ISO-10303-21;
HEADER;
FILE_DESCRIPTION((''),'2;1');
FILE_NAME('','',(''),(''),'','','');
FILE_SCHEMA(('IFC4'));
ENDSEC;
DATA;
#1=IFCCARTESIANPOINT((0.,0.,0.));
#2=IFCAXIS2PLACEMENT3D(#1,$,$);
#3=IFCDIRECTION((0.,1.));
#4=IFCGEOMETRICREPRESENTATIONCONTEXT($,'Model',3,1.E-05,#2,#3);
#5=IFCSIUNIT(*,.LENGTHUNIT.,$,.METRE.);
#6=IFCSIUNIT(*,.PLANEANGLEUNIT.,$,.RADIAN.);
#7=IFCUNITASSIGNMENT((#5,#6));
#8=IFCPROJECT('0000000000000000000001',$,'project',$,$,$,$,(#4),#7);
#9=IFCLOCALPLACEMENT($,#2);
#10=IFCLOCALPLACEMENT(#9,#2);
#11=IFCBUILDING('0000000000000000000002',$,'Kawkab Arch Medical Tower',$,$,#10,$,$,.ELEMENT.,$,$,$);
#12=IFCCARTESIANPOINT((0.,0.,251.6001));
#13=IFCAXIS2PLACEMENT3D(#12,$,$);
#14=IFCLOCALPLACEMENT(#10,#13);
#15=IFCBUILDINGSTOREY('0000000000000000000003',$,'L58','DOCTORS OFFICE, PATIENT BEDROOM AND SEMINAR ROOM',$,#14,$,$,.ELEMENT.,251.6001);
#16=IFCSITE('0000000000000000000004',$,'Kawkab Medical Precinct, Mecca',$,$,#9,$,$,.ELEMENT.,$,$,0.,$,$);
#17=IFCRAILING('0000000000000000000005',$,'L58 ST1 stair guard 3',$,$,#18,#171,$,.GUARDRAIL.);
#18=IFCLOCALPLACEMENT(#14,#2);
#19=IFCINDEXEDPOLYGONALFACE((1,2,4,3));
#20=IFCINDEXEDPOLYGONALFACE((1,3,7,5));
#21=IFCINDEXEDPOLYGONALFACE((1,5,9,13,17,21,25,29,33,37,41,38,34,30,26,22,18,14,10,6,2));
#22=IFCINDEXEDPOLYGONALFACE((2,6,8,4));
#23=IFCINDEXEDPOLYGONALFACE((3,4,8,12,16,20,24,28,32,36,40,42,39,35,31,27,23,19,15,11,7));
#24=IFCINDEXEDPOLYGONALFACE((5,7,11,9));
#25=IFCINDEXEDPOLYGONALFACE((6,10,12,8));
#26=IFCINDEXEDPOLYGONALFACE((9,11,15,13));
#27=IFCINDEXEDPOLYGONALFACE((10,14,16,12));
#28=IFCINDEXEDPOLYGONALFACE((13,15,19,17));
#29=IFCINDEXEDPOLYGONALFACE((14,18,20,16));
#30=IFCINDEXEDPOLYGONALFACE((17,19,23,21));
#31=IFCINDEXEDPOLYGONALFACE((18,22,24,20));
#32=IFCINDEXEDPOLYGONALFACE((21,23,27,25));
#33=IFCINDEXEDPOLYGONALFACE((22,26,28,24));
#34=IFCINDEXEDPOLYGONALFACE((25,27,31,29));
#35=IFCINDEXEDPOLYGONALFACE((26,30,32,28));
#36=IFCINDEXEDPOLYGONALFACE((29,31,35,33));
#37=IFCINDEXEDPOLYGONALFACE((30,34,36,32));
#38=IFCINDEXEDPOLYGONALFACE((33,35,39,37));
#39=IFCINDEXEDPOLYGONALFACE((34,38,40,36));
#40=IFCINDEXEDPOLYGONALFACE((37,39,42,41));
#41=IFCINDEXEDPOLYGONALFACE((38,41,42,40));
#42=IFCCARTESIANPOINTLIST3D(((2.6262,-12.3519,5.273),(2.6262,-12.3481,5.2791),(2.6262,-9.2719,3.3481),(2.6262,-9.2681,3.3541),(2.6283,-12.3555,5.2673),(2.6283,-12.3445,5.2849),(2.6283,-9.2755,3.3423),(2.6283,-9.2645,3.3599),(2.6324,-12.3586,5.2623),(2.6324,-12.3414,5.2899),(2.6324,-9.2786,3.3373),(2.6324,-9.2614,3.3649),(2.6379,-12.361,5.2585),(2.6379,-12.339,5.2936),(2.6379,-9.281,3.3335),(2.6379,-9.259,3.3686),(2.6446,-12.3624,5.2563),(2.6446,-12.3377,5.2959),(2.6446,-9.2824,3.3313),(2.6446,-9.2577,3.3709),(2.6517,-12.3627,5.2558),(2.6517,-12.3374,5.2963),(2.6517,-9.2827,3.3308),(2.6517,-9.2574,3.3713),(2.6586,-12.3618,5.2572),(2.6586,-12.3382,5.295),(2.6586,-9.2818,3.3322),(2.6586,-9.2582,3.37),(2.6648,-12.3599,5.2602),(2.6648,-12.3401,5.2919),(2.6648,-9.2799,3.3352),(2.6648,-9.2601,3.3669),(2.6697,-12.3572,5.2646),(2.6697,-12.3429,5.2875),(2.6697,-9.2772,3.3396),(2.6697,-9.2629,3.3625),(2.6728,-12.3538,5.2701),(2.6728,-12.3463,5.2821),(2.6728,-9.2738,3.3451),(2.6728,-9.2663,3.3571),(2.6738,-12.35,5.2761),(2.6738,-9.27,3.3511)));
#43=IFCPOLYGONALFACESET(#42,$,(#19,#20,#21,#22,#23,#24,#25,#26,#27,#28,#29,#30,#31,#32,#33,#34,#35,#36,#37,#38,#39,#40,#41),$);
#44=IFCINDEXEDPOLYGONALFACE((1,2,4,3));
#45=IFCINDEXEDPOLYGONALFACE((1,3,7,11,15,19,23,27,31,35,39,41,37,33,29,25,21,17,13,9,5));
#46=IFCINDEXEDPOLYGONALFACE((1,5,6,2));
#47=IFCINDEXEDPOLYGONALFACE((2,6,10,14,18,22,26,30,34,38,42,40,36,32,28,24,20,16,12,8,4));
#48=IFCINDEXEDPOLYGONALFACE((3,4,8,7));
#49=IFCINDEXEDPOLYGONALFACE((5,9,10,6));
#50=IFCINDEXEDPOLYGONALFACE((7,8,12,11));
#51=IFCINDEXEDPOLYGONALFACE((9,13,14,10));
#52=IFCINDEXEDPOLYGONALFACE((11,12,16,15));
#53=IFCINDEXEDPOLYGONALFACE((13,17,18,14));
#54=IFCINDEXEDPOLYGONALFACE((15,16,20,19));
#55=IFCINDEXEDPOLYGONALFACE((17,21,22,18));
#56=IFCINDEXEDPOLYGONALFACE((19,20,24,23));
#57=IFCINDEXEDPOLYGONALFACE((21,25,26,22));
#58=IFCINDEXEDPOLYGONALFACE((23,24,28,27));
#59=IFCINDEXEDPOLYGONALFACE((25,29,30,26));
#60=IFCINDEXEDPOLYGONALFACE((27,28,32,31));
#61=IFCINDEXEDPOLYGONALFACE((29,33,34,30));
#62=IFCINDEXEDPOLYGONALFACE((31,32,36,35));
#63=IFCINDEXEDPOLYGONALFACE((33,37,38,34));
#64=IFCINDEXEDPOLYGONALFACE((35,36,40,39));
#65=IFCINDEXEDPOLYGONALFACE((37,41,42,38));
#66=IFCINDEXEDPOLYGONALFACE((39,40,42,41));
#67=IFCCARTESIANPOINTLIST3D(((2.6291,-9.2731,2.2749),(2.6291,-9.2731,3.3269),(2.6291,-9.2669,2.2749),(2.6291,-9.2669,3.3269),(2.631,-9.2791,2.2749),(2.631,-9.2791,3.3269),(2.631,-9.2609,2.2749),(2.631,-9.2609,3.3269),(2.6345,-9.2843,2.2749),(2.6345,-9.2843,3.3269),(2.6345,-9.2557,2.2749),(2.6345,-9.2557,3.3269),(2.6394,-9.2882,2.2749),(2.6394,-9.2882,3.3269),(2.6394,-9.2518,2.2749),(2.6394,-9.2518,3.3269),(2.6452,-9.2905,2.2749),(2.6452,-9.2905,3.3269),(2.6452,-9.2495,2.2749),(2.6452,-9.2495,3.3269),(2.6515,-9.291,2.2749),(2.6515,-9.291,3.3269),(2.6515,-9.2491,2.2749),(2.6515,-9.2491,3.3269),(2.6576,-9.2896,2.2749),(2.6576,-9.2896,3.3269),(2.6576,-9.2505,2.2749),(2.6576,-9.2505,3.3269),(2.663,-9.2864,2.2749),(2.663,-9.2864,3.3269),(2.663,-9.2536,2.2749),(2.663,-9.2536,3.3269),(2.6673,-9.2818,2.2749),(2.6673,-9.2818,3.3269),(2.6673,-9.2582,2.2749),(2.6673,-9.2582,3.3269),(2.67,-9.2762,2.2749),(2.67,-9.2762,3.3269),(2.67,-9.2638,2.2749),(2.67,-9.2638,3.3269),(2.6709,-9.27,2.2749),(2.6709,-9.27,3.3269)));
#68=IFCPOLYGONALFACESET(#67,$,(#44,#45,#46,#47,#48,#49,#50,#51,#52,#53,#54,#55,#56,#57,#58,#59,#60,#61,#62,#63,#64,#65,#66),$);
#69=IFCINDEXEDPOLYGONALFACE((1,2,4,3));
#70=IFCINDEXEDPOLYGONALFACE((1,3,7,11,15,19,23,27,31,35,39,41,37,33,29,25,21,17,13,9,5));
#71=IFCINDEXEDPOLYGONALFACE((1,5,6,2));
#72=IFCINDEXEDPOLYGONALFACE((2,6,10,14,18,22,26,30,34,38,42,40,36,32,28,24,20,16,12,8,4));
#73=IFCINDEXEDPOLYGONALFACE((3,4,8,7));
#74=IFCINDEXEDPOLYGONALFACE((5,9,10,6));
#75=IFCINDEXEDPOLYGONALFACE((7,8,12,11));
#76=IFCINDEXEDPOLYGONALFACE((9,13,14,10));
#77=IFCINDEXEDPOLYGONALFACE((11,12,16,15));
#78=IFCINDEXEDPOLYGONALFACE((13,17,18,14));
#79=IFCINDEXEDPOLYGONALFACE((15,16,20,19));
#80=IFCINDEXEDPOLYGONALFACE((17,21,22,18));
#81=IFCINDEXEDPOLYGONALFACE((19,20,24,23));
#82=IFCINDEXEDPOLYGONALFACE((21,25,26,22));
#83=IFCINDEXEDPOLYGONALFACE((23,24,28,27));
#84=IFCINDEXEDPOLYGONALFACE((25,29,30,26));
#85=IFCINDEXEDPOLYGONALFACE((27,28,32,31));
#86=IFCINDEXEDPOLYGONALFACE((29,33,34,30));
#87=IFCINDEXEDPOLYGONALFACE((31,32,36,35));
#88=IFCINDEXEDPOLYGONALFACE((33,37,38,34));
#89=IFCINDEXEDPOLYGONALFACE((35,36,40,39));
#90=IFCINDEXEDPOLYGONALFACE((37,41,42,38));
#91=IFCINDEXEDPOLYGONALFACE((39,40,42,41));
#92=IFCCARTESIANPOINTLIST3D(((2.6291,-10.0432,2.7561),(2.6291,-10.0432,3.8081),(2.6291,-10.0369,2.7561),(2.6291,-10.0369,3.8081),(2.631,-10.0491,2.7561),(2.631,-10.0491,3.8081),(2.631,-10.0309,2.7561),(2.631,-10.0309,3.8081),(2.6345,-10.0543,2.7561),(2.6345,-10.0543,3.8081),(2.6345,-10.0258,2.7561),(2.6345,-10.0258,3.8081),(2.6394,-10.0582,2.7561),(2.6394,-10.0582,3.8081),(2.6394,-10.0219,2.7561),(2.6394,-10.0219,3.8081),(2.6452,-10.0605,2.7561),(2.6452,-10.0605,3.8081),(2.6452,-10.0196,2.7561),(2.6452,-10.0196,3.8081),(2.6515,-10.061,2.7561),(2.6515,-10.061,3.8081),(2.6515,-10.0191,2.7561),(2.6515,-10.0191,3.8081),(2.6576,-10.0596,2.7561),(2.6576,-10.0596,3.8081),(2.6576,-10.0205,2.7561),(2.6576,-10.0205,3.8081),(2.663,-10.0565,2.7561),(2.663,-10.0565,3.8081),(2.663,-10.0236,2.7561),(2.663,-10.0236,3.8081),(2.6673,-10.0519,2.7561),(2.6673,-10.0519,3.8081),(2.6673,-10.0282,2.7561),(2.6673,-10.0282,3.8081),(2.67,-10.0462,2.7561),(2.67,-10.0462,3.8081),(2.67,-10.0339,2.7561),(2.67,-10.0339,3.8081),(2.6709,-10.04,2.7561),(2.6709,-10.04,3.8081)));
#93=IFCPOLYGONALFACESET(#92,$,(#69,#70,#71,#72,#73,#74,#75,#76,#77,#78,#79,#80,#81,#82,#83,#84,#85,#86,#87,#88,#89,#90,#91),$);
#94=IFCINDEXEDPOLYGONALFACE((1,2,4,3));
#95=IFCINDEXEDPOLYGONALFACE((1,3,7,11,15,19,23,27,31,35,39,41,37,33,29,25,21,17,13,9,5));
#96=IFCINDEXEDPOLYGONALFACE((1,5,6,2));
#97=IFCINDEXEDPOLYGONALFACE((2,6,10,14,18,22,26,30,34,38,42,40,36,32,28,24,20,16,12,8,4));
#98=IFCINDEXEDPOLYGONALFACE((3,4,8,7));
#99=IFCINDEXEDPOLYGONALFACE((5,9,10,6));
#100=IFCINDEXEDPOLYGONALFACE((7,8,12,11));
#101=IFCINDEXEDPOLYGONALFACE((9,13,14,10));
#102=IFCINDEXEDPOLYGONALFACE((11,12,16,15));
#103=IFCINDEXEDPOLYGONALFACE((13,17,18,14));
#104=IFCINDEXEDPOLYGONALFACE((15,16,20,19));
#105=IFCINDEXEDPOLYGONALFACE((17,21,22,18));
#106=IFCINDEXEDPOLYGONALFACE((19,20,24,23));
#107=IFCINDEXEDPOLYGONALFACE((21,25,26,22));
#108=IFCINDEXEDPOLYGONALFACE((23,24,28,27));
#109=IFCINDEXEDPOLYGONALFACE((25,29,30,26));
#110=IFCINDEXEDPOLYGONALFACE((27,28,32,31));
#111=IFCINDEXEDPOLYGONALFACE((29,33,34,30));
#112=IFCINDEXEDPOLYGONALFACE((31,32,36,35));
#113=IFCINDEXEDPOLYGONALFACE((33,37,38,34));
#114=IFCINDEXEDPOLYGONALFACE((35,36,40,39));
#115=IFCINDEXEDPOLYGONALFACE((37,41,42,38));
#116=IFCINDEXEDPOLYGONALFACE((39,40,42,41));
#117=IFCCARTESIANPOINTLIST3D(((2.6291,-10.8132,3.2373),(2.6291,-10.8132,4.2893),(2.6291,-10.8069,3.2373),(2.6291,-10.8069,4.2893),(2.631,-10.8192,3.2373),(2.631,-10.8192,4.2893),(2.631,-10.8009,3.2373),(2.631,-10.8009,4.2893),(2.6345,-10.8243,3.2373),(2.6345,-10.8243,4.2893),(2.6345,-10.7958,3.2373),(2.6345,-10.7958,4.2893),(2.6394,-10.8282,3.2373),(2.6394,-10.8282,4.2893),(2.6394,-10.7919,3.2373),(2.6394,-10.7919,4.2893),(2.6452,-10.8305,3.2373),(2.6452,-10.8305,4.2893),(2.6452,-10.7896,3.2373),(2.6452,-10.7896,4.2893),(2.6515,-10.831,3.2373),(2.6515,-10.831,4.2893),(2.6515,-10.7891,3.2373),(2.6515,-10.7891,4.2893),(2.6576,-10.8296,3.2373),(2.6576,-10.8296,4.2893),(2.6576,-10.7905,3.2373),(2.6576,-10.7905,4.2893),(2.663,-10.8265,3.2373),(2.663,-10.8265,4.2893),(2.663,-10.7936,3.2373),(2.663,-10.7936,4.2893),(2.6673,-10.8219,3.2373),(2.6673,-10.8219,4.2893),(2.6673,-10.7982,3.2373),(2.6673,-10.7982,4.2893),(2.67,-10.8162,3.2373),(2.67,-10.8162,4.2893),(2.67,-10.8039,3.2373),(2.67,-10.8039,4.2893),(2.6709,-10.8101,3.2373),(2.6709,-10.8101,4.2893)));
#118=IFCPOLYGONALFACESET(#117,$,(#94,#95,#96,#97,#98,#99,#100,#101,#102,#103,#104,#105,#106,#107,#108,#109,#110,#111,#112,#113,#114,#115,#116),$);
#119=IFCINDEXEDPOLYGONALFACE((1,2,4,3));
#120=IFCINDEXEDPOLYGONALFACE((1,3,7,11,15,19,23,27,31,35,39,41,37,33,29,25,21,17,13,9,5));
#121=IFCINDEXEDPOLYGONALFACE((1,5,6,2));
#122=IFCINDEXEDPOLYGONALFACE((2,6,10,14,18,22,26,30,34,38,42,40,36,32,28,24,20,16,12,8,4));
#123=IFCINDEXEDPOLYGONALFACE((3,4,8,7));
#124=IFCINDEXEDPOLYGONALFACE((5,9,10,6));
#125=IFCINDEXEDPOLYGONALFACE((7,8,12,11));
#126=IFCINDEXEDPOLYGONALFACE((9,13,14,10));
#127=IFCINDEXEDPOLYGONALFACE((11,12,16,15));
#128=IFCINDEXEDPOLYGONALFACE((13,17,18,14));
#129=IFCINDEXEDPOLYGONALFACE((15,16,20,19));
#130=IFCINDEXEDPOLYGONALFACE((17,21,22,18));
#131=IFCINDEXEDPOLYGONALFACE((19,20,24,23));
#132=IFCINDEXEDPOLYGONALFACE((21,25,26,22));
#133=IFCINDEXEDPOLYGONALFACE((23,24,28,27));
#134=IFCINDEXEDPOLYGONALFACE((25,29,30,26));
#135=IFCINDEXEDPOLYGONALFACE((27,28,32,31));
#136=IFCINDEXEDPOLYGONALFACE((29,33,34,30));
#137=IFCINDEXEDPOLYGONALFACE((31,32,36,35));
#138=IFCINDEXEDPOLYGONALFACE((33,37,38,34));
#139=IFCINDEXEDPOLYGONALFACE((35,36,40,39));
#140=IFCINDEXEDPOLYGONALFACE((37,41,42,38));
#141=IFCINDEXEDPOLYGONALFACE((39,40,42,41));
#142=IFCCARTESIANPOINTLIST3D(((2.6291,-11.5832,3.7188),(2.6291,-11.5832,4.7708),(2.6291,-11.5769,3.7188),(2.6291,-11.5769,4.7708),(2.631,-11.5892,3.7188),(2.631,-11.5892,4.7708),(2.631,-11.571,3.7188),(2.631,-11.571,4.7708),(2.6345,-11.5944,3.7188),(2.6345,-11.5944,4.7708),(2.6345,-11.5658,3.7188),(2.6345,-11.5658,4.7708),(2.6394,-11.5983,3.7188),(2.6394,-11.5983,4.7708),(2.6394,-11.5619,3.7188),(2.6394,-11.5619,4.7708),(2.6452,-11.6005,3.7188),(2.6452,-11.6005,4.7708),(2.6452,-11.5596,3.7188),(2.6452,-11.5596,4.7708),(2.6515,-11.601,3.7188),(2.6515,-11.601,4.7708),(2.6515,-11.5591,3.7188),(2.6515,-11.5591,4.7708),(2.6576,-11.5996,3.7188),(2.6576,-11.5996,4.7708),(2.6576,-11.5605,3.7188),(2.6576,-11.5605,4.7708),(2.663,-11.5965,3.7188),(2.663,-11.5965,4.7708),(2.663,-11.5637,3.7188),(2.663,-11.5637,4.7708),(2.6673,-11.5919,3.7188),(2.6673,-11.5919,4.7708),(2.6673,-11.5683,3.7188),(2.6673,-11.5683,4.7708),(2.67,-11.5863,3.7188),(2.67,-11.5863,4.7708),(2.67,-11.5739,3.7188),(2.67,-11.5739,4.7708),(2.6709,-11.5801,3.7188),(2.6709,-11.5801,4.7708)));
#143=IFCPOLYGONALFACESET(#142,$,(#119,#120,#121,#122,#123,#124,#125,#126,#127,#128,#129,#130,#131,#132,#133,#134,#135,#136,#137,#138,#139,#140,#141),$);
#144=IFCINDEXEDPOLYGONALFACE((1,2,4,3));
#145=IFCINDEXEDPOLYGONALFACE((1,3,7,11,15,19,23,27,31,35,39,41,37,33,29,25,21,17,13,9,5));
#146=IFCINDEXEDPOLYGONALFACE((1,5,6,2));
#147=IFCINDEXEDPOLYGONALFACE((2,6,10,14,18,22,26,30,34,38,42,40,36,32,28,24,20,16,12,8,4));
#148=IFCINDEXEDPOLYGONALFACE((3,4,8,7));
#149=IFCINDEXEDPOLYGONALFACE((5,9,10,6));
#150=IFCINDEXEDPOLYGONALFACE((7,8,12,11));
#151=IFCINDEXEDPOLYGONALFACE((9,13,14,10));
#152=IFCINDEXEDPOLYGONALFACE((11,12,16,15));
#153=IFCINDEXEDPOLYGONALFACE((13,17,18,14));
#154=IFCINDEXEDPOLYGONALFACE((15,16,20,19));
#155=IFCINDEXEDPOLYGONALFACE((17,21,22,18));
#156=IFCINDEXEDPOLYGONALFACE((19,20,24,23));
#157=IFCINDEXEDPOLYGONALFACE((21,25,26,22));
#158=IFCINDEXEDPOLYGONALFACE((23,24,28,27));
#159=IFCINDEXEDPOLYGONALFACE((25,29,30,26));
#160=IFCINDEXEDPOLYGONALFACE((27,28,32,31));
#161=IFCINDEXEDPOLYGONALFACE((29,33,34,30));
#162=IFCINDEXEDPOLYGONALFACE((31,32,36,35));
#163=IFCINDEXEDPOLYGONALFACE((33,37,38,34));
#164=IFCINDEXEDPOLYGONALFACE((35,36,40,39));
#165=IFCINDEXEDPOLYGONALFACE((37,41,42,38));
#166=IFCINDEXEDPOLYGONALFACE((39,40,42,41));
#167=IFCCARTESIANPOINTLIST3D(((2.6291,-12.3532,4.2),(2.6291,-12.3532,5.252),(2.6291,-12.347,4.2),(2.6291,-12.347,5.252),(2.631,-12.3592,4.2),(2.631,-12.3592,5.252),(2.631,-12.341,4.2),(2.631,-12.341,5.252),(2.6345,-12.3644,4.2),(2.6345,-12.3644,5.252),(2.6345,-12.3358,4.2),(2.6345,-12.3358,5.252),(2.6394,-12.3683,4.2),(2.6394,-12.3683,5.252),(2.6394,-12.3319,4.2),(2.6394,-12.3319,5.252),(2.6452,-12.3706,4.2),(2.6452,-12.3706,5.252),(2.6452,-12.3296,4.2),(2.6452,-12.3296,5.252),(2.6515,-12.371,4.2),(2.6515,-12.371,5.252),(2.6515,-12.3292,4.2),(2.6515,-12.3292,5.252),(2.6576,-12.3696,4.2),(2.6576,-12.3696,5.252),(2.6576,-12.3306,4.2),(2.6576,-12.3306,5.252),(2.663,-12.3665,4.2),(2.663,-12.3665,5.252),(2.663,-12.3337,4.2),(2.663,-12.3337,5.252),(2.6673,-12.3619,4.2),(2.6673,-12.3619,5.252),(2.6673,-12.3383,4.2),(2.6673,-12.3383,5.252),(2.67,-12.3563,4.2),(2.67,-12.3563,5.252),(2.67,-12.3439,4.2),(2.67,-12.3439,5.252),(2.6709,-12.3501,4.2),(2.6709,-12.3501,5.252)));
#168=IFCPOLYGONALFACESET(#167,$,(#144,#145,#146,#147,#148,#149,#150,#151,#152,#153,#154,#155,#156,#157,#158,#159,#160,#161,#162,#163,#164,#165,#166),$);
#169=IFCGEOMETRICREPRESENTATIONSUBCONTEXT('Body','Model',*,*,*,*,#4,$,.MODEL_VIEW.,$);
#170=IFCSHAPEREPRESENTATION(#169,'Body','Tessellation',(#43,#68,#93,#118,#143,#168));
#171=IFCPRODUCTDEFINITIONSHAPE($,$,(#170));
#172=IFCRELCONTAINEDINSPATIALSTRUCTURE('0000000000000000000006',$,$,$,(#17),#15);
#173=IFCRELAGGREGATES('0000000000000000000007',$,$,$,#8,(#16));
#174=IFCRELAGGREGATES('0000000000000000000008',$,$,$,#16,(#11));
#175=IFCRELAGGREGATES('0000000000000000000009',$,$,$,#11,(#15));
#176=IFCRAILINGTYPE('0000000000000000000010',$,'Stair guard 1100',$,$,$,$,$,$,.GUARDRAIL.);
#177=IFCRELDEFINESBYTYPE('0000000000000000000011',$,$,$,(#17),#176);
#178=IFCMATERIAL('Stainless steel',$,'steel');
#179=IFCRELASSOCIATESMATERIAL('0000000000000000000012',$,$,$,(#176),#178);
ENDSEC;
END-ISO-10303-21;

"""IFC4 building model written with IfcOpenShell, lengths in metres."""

from ifc_helpers import new_model, si_unit, direction, frame, origin, origin_2d, place, context, subcontext, project, spatial, circle, extrude, material, type_object, element, save


model = new_model("IFC4")

# Units and contexts
model_context = context("Model", 3, precision=1e-05, world=origin(), true_north=direction((0.0, 1.0)))
body_context = subcontext(model_context, "Body", "Model", "MODEL_VIEW")
ifc_project = project(units=[si_unit("LENGTHUNIT", "METRE"), si_unit("PLANEANGLEUNIT", "RADIAN")], contexts=[model_context])

# Site, building, storey
site_placement = place(None, origin())
site = spatial("IfcSite", under=ifc_project, at=site_placement, Name="Kawkab Medical Precinct, Mecca", CompositionType="ELEMENT", RefElevation=0.0)
building_placement = place(site_placement, origin())
building = spatial("IfcBuilding", under=site, at=building_placement, Name="Kawkab Arch Medical Tower", CompositionType="ELEMENT")
storey_placement = place(building_placement, frame((0.0, 0.0, 251.6001)))
storey = spatial("IfcBuildingStorey", under=building, at=storey_placement, Name="L58", Description="DOCTORS OFFICE, PATIENT BEDROOM AND SEMINAR ROOM", CompositionType="ELEMENT", Elevation=251.6001)

# Railing
ifc_material_1 = material(Name="Stainless steel", Category="steel")
railing_type_1 = type_object("IfcRailingType", Name="Stair guard 1100", PredefinedType="GUARDRAIL", material=ifc_material_1)
railing_1_placement = place(storey_placement, frame((2.6499, -9.27, 2.2749)))
element("IfcRailing", 1, at=railing_1_placement, inside=storey, type_object=railing_type_1, Name="L58 ST1 stair guard 3", PredefinedType="GUARDRAIL", context=body_context, shape_type="SweptSolid", body=[
    extrude(circle(Radius=0.0239, at=origin_2d()), frame((0.0, 0.0, 1.0762), z_axis=(0.0, -0.847998, 0.529999), x_axis=(1.0, 0.0, 0.0)), (0.0, 0.0, 1.0), 3.6321),
    extrude(circle(Radius=0.021, at=origin_2d()), origin(), (0.0, 0.0, 1.0), 1.052),
    extrude(circle(Radius=0.021, at=origin_2d()), frame((0.0, -0.77, 0.4812)), (0.0, 0.0, 1.0), 1.052),
    extrude(circle(Radius=0.021, at=origin_2d()), frame((0.0, -1.54, 0.9624)), (0.0, 0.0, 1.0), 1.052),
    extrude(circle(Radius=0.021, at=origin_2d()), frame((0.0, -2.3101, 1.4438)), (0.0, 0.0, 1.0), 1.052),
    extrude(circle(Radius=0.021, at=origin_2d()), frame((0.0, -3.0801, 1.925)), (0.0, 0.0, 1.0), 1.052),
])

save(model, "model.ifc")
